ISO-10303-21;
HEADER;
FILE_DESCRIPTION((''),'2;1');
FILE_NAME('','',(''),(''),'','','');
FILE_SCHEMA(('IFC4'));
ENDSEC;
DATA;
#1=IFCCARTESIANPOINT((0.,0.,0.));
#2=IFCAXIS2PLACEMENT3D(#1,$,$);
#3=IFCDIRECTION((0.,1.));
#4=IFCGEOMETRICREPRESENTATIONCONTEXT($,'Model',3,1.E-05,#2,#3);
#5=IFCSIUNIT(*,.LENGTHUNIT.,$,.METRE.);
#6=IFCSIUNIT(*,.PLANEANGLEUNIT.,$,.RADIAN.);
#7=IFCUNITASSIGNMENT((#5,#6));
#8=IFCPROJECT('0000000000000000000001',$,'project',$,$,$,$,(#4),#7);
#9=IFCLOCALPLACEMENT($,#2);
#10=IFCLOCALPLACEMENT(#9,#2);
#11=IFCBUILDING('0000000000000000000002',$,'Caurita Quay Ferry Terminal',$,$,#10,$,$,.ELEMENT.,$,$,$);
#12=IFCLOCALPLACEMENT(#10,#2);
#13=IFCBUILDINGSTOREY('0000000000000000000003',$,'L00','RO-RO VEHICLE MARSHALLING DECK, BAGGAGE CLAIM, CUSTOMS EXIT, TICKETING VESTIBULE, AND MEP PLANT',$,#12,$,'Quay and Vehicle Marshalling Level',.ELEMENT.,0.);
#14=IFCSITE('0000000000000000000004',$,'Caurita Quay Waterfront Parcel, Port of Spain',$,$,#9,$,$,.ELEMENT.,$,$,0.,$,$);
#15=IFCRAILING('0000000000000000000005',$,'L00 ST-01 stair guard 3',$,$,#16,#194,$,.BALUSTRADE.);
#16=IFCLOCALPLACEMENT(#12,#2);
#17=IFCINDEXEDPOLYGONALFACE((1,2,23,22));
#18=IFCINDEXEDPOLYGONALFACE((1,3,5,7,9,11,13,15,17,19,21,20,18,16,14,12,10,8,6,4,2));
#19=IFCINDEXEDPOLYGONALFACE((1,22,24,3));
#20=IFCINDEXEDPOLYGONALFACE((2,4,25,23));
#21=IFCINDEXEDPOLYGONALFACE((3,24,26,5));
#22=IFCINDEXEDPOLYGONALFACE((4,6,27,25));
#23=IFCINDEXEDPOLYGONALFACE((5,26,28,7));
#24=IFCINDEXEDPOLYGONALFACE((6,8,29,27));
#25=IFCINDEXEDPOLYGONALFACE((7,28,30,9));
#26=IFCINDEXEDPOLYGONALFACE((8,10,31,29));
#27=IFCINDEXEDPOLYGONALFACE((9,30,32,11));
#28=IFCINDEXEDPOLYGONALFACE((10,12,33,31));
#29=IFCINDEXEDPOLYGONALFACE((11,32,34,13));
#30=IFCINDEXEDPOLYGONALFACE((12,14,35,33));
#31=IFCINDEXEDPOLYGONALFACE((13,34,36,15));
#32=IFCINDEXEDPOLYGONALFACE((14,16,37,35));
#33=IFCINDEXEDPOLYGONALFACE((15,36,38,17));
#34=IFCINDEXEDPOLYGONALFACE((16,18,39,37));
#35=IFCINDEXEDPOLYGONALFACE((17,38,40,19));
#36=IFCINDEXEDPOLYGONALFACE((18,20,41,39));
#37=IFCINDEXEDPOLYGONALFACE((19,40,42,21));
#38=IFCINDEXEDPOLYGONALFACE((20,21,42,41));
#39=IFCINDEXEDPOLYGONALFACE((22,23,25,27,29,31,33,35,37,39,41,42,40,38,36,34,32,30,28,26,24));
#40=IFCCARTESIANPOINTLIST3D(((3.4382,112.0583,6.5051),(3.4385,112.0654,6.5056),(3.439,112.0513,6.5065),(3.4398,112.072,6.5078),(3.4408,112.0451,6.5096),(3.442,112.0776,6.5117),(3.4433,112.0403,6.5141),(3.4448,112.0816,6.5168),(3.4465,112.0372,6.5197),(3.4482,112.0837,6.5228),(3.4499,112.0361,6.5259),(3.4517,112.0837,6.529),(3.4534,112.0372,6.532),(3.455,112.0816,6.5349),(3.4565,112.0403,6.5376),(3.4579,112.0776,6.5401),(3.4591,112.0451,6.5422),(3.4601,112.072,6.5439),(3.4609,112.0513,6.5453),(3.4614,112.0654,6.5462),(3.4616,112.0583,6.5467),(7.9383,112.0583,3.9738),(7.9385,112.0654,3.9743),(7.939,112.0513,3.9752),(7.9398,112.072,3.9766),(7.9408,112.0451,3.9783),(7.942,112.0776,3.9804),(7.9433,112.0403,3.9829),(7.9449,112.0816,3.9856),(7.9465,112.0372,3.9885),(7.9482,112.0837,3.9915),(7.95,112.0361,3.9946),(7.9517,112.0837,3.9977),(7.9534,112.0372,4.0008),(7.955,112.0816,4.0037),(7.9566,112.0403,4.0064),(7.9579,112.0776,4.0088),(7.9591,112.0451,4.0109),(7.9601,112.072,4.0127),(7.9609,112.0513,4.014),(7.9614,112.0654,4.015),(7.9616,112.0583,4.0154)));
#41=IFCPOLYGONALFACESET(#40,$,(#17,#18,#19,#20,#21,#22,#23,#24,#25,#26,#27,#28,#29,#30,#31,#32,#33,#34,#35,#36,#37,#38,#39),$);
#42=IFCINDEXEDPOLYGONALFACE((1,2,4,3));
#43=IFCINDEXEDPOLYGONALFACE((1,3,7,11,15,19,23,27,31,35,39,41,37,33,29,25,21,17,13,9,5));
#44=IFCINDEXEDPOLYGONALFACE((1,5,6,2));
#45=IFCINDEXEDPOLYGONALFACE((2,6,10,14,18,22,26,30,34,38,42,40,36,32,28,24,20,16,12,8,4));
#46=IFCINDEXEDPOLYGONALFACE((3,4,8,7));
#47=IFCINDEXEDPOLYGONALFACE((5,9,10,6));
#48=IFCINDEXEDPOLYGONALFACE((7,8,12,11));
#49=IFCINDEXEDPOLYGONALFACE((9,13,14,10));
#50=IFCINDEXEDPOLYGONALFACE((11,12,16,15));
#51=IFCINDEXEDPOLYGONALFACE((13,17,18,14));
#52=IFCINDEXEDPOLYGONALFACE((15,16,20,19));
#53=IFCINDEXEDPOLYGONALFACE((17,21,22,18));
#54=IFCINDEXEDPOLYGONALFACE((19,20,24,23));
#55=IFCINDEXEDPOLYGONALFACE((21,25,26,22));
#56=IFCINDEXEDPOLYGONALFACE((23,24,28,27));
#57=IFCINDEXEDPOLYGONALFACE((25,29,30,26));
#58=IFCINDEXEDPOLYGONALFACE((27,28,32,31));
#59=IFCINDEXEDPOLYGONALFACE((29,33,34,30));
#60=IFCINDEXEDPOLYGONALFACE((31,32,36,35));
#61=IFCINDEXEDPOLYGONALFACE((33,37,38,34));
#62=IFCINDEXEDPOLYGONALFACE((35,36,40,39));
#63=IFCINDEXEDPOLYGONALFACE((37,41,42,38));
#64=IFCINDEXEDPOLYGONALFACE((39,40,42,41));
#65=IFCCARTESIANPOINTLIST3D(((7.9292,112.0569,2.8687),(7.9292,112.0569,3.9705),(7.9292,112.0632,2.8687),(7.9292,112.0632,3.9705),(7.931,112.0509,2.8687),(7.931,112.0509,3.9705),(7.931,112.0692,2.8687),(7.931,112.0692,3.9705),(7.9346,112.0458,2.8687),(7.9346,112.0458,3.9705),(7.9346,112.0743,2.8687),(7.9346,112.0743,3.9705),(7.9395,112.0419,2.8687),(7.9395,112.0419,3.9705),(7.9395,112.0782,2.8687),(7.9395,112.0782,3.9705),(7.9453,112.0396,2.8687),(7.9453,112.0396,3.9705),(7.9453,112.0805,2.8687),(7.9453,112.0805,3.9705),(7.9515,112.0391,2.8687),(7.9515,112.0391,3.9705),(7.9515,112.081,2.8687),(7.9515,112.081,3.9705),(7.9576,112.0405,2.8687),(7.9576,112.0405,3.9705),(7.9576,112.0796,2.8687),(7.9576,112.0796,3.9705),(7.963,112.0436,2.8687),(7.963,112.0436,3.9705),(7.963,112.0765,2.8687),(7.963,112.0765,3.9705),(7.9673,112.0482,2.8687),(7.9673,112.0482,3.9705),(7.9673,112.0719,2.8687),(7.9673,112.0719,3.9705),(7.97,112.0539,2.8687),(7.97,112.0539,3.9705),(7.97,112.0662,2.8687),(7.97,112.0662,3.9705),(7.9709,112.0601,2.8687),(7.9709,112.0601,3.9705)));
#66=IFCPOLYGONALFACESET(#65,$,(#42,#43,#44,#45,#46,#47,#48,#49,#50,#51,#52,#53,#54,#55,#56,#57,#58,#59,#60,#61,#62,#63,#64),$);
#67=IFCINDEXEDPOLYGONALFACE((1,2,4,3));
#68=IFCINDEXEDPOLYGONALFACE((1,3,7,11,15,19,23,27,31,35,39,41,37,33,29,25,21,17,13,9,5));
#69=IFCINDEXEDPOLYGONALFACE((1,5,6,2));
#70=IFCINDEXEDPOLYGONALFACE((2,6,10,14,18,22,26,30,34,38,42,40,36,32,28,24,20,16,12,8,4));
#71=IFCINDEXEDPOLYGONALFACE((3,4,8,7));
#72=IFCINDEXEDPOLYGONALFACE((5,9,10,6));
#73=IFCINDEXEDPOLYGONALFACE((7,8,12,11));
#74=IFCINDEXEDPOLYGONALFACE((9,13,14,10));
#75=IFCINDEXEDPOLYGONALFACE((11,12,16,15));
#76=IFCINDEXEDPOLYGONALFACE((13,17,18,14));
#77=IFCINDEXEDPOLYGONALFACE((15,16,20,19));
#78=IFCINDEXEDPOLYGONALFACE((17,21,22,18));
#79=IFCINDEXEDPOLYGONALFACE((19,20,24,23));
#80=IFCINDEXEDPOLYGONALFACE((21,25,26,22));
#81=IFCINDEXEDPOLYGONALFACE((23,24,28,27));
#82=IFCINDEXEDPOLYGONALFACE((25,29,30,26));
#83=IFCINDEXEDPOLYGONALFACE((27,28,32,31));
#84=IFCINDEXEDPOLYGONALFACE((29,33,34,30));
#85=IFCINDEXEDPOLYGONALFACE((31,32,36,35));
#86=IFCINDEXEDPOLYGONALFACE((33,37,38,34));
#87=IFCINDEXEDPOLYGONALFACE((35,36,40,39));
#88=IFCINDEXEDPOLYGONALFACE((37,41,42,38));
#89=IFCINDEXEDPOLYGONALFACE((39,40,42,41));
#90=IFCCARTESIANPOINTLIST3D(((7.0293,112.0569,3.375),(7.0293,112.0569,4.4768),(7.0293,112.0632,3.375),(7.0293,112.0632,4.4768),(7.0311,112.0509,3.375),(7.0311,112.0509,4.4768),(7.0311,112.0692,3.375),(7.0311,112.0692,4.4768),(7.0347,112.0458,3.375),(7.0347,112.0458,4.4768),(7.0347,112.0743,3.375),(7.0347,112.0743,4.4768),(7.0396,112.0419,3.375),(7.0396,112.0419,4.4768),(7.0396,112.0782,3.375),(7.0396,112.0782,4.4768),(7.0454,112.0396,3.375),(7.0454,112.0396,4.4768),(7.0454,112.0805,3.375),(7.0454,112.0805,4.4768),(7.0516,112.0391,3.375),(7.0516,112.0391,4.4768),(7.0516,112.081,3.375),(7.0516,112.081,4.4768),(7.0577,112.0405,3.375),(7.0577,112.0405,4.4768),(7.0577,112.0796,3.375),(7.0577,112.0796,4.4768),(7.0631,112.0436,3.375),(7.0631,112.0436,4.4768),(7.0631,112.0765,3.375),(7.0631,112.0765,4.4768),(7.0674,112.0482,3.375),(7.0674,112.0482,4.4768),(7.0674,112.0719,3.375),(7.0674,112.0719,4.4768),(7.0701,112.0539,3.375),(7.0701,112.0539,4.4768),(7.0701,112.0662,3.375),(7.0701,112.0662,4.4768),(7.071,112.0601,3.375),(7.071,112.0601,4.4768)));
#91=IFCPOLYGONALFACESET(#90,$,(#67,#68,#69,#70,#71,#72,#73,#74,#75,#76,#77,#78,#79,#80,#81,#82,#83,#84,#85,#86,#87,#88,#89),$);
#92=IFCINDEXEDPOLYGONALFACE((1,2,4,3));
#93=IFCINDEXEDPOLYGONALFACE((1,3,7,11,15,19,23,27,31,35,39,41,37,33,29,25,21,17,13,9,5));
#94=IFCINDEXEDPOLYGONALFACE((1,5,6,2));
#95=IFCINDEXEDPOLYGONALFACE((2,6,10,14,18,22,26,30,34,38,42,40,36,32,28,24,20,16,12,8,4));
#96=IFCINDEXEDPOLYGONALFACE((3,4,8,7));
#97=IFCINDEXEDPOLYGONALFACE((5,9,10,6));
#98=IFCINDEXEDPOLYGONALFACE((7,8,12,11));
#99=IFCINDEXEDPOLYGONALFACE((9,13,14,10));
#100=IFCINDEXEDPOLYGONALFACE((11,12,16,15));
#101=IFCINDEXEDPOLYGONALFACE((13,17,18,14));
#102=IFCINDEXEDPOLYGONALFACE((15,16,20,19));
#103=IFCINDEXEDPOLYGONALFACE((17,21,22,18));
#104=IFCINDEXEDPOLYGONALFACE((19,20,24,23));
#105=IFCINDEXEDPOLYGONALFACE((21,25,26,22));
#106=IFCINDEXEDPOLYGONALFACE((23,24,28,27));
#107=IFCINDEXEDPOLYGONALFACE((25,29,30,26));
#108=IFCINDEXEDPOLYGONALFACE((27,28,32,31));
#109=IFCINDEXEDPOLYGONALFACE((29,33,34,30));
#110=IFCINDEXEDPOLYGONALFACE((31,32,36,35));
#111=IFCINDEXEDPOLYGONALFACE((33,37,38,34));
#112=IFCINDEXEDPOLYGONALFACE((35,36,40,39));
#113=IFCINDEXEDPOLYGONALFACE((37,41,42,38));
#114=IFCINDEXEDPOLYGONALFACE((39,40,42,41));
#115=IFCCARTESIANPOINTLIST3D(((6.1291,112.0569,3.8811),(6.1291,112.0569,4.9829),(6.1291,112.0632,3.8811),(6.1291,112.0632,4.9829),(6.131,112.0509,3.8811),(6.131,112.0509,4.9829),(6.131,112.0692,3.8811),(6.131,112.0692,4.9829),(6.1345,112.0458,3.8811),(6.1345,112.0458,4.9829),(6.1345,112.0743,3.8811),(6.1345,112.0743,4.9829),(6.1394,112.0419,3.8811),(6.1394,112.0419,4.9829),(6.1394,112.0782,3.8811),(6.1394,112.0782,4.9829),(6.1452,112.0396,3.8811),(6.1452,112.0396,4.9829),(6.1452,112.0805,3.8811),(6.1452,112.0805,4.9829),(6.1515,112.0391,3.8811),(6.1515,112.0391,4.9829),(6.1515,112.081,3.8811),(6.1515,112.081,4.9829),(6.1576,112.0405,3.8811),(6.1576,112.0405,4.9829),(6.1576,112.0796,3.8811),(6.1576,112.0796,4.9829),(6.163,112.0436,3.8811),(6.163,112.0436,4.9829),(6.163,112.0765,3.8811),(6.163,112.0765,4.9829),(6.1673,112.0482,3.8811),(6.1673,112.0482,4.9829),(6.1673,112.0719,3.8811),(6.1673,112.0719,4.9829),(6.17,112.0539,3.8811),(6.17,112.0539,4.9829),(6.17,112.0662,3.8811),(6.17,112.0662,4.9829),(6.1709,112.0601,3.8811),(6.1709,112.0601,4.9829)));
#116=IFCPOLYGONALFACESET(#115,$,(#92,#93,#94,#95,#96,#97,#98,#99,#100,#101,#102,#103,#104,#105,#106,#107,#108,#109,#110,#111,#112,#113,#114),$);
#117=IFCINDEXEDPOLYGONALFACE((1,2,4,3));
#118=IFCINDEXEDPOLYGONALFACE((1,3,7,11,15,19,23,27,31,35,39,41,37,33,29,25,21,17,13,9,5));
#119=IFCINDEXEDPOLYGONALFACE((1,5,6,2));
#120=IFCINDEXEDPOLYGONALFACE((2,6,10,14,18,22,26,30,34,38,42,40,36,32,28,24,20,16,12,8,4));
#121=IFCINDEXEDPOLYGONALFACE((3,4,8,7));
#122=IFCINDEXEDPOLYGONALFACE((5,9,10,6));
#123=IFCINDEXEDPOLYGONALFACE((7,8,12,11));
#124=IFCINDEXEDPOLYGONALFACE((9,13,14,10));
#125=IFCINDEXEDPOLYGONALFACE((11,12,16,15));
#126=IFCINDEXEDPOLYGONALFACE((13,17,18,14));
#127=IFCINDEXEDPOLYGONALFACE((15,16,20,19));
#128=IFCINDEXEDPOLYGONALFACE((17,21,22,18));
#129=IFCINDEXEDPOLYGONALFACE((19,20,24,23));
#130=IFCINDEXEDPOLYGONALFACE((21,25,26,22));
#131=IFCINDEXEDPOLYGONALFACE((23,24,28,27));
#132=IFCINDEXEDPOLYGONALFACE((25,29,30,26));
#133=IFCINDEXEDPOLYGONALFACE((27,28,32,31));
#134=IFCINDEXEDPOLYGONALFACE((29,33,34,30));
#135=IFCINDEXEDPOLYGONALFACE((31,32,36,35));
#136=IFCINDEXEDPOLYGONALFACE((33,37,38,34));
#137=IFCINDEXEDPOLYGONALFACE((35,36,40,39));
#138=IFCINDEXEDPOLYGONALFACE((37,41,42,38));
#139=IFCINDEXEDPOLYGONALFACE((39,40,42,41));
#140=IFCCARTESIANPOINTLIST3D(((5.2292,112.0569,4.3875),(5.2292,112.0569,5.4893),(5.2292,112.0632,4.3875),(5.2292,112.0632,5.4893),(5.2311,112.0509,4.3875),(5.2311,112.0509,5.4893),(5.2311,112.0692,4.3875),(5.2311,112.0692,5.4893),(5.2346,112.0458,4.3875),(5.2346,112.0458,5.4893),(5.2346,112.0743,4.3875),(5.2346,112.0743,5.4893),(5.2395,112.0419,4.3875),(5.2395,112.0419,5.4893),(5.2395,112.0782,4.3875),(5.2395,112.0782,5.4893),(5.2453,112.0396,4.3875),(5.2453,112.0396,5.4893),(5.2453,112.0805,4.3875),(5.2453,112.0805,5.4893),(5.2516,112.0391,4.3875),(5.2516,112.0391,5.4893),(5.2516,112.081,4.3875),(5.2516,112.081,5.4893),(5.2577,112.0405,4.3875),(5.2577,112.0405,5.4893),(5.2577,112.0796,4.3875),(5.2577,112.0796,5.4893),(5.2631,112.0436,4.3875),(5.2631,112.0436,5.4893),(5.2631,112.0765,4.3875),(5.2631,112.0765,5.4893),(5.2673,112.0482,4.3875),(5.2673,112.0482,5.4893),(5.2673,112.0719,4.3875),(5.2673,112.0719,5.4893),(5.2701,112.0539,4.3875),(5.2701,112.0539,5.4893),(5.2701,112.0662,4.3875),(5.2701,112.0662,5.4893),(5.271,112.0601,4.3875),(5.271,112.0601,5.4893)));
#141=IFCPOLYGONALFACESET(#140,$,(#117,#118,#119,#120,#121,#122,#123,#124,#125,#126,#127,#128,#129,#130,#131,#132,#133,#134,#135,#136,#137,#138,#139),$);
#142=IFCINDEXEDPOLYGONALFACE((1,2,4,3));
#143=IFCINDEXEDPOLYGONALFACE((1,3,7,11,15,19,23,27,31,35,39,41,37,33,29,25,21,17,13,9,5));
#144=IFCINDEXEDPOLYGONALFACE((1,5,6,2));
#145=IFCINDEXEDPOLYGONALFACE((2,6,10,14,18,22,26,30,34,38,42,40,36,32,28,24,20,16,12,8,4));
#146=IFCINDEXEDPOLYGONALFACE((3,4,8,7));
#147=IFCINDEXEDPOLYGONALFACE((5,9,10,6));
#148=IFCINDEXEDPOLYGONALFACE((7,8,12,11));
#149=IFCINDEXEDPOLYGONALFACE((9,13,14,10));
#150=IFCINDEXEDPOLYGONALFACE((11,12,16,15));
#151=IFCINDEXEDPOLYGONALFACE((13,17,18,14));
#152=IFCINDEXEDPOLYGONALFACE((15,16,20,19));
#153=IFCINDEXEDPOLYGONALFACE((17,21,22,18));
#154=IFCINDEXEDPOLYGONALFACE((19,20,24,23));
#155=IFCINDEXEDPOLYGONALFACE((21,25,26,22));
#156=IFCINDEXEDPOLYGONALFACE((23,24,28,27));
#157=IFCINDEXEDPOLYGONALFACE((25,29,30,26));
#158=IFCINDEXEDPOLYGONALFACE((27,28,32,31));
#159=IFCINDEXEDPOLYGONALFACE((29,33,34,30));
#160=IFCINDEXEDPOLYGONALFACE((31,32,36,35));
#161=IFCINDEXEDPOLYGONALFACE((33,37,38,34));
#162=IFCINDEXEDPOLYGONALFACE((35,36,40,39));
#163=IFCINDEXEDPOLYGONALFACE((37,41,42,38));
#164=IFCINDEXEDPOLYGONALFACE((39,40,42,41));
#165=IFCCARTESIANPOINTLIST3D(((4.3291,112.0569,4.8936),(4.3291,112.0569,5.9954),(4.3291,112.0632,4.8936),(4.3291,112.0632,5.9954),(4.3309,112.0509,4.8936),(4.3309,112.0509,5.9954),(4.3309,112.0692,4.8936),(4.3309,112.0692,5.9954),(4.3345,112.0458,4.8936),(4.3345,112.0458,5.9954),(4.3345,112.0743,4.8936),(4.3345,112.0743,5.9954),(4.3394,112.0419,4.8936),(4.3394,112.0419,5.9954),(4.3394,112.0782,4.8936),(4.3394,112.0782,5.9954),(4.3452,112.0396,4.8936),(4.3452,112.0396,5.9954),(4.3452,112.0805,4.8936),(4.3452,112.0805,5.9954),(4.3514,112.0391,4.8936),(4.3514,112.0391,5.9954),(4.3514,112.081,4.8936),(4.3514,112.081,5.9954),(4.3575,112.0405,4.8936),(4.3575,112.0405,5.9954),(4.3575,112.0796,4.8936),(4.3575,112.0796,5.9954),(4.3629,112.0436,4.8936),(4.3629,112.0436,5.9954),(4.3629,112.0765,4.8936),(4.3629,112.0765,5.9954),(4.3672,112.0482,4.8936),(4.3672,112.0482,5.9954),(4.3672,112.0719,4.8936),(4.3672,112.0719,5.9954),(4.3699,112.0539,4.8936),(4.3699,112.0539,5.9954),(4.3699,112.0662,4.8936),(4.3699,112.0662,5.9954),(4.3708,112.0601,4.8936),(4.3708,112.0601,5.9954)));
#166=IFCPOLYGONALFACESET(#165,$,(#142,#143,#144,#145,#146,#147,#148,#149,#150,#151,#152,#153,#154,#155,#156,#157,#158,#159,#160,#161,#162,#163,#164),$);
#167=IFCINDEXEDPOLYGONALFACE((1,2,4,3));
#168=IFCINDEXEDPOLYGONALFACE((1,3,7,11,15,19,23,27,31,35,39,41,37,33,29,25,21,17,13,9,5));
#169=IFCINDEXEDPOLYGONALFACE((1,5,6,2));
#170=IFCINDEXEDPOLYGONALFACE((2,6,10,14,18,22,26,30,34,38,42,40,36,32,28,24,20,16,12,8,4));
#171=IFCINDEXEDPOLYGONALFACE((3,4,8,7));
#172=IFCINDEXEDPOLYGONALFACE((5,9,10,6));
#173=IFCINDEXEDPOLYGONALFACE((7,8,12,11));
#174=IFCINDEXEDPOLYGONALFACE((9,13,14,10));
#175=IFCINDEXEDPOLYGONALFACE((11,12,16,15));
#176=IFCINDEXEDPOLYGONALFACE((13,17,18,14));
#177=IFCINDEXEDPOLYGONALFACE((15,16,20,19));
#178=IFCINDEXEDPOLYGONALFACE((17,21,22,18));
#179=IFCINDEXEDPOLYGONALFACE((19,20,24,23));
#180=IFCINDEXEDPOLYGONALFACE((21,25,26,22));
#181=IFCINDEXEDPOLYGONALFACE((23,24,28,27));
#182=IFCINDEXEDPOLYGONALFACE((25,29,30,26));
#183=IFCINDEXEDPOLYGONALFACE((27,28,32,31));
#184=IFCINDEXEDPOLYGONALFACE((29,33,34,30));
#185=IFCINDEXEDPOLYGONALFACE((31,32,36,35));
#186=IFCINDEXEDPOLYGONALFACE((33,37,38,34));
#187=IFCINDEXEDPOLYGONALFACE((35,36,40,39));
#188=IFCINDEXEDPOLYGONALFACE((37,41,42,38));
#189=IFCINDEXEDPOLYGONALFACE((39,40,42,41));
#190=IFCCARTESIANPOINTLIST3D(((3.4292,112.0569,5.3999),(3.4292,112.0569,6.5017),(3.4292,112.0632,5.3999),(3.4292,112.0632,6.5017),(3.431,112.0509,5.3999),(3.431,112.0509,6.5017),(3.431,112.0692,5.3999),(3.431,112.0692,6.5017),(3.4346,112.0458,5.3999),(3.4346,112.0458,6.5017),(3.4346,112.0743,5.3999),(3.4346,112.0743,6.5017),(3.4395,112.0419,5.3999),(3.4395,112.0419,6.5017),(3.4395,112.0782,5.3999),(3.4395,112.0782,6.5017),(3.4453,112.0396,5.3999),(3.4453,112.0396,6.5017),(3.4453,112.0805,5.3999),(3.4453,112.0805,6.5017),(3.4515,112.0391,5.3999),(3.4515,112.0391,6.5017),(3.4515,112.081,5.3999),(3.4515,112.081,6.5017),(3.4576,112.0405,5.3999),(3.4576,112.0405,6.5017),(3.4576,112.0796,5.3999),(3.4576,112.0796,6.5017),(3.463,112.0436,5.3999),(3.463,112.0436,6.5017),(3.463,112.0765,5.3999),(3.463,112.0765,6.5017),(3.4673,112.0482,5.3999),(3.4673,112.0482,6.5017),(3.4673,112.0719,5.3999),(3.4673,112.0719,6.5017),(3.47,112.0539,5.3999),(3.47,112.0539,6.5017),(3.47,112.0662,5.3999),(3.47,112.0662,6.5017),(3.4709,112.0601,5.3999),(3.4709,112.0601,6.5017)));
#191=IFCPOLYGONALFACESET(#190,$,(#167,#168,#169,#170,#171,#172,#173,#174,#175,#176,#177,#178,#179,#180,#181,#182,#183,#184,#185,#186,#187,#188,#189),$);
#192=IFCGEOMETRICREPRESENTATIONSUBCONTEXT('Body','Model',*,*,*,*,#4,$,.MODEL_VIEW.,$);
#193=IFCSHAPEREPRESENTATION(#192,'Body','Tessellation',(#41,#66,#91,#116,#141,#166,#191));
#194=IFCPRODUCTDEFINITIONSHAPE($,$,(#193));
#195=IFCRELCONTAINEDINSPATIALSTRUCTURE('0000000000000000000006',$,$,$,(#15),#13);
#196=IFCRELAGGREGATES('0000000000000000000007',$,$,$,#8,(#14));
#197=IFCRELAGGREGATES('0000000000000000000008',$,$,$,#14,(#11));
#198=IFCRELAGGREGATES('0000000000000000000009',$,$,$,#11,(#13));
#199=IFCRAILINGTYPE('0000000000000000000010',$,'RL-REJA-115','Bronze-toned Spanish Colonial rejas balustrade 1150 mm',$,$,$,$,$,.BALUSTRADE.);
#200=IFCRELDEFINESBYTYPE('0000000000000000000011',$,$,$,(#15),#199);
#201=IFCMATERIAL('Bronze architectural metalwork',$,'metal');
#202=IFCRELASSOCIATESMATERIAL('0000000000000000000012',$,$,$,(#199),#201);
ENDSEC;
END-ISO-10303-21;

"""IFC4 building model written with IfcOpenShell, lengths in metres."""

from ifc_helpers import new_model, si_unit, direction, frame, origin, origin_2d, place, context, subcontext, project, spatial, circle, extrude, material, type_object, element, save


model = new_model("IFC4")

# Units and contexts
model_context = context("Model", 3, precision=1e-05, world=origin(), true_north=direction((0.0, 1.0)))
body_context = subcontext(model_context, "Body", "Model", "MODEL_VIEW")
ifc_project = project(units=[si_unit("LENGTHUNIT", "METRE"), si_unit("PLANEANGLEUNIT", "RADIAN")], contexts=[model_context])

# Site, building, storey
site_placement = place(None, origin())
site = spatial("IfcSite", under=ifc_project, at=site_placement, Name="Caurita Quay Waterfront Parcel, Port of Spain", CompositionType="ELEMENT", RefElevation=0.0)
building_placement = place(site_placement, origin())
building = spatial("IfcBuilding", under=site, at=building_placement, Name="Caurita Quay Ferry Terminal", CompositionType="ELEMENT")
storey_placement = place(building_placement, origin())
storey = spatial("IfcBuildingStorey", under=building, at=storey_placement, Name="L00", Description="RO-RO VEHICLE MARSHALLING DECK, BAGGAGE CLAIM, CUSTOMS EXIT, TICKETING VESTIBULE, AND MEP PLANT", LongName="Quay and Vehicle Marshalling Level", CompositionType="ELEMENT", Elevation=0.0)

# Railing
ifc_material_1 = material(Name="Bronze architectural metalwork", Category="metal")
railing_type_1 = type_object("IfcRailingType", Name="RL-REJA-115", Description="Bronze-toned Spanish Colonial rejas balustrade 1150 mm", PredefinedType="BALUSTRADE", material=ifc_material_1)
railing_1_placement = place(storey_placement, frame((7.95, 112.0601, 2.8687)))
element("IfcRailing", 1, at=railing_1_placement, inside=storey, type_object=railing_type_1, Name="L00 ST-01 stair guard 3", PredefinedType="BALUSTRADE", context=body_context, shape_type="SweptSolid", body=[
    extrude(circle(Radius=0.0239, at=origin_2d()), frame((0.0, 0.0, 1.126), z_axis=(-0.871576, 0.0, 0.490261), x_axis=(0.0, -1.0, 0.0)), (0.0, 0.0, 1.0), 5.1631),
    extrude(circle(Radius=0.021, at=origin_2d()), origin(), (0.0, 0.0, 1.0), 1.1018),
    extrude(circle(Radius=0.021, at=origin_2d()), frame((-0.8999, 0.0, 0.5063)), (0.0, 0.0, 1.0), 1.1018),
    extrude(circle(Radius=0.021, at=origin_2d()), frame((-1.8, 0.0, 1.0125)), (0.0, 0.0, 1.0), 1.1018),
    extrude(circle(Radius=0.021, at=origin_2d()), frame((-2.7, 0.0, 1.5188)), (0.0, 0.0, 1.0), 1.1018),
    extrude(circle(Radius=0.021, at=origin_2d()), frame((-3.6001, 0.0, 2.0249)), (0.0, 0.0, 1.0), 1.1018),
    extrude(circle(Radius=0.021, at=origin_2d()), frame((-4.5, 0.0, 2.5312)), (0.0, 0.0, 1.0), 1.1018),
])

save(model, "model.ifc")
